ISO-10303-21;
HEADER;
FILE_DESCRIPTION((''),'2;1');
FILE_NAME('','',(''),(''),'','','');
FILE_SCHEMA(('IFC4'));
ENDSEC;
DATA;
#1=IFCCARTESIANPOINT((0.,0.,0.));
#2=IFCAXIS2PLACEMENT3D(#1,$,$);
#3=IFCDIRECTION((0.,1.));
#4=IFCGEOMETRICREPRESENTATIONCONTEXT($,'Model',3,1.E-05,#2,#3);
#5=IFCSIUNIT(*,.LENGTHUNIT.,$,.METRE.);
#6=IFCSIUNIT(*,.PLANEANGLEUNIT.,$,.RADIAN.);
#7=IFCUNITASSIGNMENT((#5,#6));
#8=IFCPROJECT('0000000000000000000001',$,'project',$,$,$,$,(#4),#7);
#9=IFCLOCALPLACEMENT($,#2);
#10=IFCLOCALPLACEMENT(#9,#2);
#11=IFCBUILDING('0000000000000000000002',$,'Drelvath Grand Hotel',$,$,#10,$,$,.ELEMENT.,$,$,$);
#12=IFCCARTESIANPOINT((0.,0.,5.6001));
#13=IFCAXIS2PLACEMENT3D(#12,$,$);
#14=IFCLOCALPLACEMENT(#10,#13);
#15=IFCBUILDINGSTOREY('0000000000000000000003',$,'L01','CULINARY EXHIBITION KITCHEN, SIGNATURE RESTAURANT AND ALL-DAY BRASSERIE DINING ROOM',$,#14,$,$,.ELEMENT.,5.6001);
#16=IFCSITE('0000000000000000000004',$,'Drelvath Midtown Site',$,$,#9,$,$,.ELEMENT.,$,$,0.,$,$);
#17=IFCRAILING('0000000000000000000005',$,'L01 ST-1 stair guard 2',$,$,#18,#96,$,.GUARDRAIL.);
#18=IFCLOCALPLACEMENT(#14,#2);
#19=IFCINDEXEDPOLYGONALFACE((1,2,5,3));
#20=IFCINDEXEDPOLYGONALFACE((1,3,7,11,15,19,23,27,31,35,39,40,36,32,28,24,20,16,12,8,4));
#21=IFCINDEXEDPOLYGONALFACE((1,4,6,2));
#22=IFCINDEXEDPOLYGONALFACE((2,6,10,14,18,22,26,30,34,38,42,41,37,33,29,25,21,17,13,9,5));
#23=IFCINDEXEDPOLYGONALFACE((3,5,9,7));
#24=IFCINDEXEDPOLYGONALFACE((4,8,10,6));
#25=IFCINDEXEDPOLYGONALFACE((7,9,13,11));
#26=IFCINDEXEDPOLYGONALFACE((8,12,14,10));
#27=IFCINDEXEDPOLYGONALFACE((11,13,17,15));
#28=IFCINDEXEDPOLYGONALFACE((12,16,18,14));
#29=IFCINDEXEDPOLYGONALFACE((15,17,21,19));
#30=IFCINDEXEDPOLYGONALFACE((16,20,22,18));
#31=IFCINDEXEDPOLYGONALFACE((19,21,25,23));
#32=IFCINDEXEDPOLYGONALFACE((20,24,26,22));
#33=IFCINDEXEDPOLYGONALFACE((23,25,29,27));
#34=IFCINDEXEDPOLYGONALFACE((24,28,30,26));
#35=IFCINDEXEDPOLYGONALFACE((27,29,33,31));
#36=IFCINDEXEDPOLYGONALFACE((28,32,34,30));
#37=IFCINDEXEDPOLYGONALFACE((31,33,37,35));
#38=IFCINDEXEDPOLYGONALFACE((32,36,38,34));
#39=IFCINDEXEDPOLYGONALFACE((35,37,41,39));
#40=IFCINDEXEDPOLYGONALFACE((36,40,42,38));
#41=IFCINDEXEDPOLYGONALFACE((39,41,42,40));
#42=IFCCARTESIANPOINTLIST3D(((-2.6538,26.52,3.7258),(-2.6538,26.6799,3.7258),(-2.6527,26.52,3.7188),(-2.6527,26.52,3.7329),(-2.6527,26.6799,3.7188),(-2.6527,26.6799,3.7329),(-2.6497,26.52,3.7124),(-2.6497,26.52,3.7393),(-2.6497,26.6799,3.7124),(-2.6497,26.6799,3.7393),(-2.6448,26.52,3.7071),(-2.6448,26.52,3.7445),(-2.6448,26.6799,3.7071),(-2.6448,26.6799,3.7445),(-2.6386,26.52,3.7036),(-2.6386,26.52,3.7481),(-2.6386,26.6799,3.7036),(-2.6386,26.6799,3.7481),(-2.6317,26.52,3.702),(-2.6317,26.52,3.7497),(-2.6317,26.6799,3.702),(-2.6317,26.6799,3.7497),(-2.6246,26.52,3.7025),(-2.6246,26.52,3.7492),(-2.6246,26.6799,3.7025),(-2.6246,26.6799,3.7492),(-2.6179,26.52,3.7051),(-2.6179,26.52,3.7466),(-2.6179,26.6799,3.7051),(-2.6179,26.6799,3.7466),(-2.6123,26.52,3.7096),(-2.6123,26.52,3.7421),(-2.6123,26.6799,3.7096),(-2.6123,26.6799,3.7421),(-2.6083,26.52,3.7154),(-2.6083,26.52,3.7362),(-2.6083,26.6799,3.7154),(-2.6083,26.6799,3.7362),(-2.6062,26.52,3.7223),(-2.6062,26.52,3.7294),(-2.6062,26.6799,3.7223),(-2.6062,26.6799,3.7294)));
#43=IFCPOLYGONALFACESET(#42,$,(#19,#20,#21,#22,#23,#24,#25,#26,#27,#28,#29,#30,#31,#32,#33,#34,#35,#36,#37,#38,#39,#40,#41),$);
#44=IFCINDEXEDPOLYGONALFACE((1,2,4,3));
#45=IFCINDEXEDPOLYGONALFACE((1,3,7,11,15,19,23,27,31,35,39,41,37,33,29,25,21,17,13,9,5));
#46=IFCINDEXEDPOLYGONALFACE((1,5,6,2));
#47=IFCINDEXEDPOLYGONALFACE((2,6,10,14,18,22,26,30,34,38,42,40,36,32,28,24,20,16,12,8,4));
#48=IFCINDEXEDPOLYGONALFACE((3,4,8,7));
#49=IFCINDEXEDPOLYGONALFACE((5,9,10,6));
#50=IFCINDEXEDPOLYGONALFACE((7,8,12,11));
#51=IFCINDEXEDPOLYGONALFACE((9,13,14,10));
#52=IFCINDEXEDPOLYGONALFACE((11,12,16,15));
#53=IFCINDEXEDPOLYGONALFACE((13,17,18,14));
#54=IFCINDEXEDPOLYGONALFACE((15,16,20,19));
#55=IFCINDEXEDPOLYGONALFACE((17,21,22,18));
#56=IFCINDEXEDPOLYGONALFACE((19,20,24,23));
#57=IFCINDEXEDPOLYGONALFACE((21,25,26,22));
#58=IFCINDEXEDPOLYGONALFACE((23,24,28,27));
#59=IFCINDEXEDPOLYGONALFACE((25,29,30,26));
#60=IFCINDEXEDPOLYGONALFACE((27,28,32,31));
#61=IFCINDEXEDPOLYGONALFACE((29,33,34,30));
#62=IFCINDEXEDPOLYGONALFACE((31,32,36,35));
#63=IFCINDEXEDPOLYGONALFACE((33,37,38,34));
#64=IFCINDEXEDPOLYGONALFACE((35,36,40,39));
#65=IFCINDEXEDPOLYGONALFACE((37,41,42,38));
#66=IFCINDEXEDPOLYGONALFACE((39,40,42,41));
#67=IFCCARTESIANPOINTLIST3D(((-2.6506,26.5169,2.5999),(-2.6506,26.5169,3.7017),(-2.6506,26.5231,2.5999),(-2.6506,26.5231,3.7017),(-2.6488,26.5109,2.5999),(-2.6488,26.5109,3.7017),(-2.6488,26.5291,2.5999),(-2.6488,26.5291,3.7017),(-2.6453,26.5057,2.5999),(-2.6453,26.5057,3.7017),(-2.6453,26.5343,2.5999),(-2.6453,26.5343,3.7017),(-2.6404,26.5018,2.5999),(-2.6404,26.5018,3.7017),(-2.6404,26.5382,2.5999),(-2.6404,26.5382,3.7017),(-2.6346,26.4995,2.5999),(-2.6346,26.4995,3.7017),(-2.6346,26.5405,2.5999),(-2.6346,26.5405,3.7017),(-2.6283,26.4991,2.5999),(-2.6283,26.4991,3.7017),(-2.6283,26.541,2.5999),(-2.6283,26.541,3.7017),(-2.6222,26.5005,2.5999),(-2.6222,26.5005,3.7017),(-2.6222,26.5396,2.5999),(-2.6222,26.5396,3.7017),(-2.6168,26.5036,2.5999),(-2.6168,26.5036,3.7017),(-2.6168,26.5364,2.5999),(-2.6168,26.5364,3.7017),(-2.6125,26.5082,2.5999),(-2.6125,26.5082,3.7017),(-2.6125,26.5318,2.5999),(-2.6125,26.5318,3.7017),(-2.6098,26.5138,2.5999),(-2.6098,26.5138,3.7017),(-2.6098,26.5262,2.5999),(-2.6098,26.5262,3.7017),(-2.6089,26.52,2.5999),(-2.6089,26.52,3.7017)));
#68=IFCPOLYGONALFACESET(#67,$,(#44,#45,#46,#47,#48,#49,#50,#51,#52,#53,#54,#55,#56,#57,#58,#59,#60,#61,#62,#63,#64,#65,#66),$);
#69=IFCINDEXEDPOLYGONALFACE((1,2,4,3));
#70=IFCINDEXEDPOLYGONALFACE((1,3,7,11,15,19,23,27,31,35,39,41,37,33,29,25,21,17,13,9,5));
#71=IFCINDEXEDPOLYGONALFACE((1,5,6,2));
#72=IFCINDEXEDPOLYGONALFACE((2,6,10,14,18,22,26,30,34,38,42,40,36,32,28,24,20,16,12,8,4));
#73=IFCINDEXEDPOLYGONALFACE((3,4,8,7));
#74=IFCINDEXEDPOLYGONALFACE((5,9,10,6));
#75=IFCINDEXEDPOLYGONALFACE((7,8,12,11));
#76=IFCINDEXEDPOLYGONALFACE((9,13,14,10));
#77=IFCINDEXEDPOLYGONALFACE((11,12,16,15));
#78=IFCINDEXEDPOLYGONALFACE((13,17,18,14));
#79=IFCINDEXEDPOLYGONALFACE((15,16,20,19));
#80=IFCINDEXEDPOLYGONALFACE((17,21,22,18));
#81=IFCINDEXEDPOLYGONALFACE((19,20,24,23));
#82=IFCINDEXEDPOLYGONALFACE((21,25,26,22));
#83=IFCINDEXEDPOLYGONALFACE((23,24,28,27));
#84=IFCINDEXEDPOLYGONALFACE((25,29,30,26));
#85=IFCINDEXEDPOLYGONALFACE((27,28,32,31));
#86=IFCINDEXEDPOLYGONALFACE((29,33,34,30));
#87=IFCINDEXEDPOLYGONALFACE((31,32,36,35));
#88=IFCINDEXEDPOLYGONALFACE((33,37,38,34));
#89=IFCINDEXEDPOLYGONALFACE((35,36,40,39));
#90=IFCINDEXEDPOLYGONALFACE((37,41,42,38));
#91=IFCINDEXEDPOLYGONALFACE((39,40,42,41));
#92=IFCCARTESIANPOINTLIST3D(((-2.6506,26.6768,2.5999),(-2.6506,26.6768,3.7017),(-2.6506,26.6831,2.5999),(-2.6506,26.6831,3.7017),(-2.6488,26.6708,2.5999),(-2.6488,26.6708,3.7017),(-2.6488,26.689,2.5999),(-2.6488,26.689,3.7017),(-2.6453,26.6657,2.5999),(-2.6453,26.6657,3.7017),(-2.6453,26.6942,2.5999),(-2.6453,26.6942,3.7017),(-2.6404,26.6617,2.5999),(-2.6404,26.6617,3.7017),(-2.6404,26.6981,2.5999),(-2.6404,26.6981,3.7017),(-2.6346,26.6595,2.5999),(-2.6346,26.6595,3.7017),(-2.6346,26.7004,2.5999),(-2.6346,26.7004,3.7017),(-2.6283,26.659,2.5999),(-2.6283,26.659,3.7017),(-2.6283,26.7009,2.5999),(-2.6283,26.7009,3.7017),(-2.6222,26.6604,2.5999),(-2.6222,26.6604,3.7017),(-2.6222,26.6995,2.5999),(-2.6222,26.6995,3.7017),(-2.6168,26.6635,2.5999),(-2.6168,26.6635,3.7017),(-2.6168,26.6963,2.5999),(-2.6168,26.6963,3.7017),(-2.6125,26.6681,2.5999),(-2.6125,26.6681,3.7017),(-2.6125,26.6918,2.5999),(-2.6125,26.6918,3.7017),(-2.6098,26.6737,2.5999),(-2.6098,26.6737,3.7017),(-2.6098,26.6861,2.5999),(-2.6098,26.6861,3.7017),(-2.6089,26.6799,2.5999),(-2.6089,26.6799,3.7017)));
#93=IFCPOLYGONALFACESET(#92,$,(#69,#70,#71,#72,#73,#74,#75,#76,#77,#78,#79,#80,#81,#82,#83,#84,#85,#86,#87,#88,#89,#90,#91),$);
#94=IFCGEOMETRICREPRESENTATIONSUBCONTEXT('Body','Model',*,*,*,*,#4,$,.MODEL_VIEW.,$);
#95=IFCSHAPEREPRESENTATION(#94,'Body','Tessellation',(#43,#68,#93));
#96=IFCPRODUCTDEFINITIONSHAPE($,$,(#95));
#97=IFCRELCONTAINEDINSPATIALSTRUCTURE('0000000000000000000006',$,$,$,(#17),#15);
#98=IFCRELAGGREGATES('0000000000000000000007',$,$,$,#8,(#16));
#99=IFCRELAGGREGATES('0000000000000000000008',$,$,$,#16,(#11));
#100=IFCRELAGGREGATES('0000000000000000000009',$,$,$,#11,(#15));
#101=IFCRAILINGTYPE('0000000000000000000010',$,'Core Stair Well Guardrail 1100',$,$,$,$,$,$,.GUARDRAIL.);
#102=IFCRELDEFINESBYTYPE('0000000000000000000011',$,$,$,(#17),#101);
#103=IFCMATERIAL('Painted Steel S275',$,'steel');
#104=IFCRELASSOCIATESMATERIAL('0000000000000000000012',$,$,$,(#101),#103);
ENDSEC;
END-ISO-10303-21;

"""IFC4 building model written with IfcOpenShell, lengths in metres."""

from ifc_helpers import new_model, si_unit, direction, frame, origin, origin_2d, place, context, subcontext, project, spatial, circle, extrude, material, type_object, element, save


model = new_model("IFC4")

# Units and contexts
model_context = context("Model", 3, precision=1e-05, world=origin(), true_north=direction((0.0, 1.0)))
body_context = subcontext(model_context, "Body", "Model", "MODEL_VIEW")
ifc_project = project(units=[si_unit("LENGTHUNIT", "METRE"), si_unit("PLANEANGLEUNIT", "RADIAN")], contexts=[model_context])

# Site, building, storey
site_placement = place(None, origin())
site = spatial("IfcSite", under=ifc_project, at=site_placement, Name="Drelvath Midtown Site", CompositionType="ELEMENT", RefElevation=0.0)
building_placement = place(site_placement, origin())
building = spatial("IfcBuilding", under=site, at=building_placement, Name="Drelvath Grand Hotel", CompositionType="ELEMENT")
storey_placement = place(building_placement, frame((0.0, 0.0, 5.6001)))
storey = spatial("IfcBuildingStorey", under=building, at=storey_placement, Name="L01", Description="CULINARY EXHIBITION KITCHEN, SIGNATURE RESTAURANT AND ALL-DAY BRASSERIE DINING ROOM", CompositionType="ELEMENT", Elevation=5.6001)

# Shared definitions
ifc_material_1 = material(Name="Painted Steel S275", Category="steel")

# Railing
railing_type_1 = type_object("IfcRailingType", Name="Core Stair Well Guardrail 1100", PredefinedType="GUARDRAIL", material=ifc_material_1)
railing_1_placement = place(storey_placement, frame((-2.6299, 26.52, 2.5999)))
element("IfcRailing", 1, at=railing_1_placement, inside=storey, type_object=railing_type_1, Name="L01 ST-1 stair guard 2", PredefinedType="GUARDRAIL", context=body_context, shape_type="SweptSolid", body=[
    extrude(circle(Radius=0.0239, at=origin_2d()), frame((0.0, 0.0, 1.126), z_axis=(0.0, 1.0, 0.0), x_axis=(-1.0, 0.0, 0.0)), (0.0, 0.0, 1.0), 0.1599),
    extrude(circle(Radius=0.021, at=origin_2d()), origin(), (0.0, 0.0, 1.0), 1.1018),
    extrude(circle(Radius=0.021, at=origin_2d()), frame((0.0, 0.1599, 0.0)), (0.0, 0.0, 1.0), 1.1018),
])

save(model, "model.ifc")
